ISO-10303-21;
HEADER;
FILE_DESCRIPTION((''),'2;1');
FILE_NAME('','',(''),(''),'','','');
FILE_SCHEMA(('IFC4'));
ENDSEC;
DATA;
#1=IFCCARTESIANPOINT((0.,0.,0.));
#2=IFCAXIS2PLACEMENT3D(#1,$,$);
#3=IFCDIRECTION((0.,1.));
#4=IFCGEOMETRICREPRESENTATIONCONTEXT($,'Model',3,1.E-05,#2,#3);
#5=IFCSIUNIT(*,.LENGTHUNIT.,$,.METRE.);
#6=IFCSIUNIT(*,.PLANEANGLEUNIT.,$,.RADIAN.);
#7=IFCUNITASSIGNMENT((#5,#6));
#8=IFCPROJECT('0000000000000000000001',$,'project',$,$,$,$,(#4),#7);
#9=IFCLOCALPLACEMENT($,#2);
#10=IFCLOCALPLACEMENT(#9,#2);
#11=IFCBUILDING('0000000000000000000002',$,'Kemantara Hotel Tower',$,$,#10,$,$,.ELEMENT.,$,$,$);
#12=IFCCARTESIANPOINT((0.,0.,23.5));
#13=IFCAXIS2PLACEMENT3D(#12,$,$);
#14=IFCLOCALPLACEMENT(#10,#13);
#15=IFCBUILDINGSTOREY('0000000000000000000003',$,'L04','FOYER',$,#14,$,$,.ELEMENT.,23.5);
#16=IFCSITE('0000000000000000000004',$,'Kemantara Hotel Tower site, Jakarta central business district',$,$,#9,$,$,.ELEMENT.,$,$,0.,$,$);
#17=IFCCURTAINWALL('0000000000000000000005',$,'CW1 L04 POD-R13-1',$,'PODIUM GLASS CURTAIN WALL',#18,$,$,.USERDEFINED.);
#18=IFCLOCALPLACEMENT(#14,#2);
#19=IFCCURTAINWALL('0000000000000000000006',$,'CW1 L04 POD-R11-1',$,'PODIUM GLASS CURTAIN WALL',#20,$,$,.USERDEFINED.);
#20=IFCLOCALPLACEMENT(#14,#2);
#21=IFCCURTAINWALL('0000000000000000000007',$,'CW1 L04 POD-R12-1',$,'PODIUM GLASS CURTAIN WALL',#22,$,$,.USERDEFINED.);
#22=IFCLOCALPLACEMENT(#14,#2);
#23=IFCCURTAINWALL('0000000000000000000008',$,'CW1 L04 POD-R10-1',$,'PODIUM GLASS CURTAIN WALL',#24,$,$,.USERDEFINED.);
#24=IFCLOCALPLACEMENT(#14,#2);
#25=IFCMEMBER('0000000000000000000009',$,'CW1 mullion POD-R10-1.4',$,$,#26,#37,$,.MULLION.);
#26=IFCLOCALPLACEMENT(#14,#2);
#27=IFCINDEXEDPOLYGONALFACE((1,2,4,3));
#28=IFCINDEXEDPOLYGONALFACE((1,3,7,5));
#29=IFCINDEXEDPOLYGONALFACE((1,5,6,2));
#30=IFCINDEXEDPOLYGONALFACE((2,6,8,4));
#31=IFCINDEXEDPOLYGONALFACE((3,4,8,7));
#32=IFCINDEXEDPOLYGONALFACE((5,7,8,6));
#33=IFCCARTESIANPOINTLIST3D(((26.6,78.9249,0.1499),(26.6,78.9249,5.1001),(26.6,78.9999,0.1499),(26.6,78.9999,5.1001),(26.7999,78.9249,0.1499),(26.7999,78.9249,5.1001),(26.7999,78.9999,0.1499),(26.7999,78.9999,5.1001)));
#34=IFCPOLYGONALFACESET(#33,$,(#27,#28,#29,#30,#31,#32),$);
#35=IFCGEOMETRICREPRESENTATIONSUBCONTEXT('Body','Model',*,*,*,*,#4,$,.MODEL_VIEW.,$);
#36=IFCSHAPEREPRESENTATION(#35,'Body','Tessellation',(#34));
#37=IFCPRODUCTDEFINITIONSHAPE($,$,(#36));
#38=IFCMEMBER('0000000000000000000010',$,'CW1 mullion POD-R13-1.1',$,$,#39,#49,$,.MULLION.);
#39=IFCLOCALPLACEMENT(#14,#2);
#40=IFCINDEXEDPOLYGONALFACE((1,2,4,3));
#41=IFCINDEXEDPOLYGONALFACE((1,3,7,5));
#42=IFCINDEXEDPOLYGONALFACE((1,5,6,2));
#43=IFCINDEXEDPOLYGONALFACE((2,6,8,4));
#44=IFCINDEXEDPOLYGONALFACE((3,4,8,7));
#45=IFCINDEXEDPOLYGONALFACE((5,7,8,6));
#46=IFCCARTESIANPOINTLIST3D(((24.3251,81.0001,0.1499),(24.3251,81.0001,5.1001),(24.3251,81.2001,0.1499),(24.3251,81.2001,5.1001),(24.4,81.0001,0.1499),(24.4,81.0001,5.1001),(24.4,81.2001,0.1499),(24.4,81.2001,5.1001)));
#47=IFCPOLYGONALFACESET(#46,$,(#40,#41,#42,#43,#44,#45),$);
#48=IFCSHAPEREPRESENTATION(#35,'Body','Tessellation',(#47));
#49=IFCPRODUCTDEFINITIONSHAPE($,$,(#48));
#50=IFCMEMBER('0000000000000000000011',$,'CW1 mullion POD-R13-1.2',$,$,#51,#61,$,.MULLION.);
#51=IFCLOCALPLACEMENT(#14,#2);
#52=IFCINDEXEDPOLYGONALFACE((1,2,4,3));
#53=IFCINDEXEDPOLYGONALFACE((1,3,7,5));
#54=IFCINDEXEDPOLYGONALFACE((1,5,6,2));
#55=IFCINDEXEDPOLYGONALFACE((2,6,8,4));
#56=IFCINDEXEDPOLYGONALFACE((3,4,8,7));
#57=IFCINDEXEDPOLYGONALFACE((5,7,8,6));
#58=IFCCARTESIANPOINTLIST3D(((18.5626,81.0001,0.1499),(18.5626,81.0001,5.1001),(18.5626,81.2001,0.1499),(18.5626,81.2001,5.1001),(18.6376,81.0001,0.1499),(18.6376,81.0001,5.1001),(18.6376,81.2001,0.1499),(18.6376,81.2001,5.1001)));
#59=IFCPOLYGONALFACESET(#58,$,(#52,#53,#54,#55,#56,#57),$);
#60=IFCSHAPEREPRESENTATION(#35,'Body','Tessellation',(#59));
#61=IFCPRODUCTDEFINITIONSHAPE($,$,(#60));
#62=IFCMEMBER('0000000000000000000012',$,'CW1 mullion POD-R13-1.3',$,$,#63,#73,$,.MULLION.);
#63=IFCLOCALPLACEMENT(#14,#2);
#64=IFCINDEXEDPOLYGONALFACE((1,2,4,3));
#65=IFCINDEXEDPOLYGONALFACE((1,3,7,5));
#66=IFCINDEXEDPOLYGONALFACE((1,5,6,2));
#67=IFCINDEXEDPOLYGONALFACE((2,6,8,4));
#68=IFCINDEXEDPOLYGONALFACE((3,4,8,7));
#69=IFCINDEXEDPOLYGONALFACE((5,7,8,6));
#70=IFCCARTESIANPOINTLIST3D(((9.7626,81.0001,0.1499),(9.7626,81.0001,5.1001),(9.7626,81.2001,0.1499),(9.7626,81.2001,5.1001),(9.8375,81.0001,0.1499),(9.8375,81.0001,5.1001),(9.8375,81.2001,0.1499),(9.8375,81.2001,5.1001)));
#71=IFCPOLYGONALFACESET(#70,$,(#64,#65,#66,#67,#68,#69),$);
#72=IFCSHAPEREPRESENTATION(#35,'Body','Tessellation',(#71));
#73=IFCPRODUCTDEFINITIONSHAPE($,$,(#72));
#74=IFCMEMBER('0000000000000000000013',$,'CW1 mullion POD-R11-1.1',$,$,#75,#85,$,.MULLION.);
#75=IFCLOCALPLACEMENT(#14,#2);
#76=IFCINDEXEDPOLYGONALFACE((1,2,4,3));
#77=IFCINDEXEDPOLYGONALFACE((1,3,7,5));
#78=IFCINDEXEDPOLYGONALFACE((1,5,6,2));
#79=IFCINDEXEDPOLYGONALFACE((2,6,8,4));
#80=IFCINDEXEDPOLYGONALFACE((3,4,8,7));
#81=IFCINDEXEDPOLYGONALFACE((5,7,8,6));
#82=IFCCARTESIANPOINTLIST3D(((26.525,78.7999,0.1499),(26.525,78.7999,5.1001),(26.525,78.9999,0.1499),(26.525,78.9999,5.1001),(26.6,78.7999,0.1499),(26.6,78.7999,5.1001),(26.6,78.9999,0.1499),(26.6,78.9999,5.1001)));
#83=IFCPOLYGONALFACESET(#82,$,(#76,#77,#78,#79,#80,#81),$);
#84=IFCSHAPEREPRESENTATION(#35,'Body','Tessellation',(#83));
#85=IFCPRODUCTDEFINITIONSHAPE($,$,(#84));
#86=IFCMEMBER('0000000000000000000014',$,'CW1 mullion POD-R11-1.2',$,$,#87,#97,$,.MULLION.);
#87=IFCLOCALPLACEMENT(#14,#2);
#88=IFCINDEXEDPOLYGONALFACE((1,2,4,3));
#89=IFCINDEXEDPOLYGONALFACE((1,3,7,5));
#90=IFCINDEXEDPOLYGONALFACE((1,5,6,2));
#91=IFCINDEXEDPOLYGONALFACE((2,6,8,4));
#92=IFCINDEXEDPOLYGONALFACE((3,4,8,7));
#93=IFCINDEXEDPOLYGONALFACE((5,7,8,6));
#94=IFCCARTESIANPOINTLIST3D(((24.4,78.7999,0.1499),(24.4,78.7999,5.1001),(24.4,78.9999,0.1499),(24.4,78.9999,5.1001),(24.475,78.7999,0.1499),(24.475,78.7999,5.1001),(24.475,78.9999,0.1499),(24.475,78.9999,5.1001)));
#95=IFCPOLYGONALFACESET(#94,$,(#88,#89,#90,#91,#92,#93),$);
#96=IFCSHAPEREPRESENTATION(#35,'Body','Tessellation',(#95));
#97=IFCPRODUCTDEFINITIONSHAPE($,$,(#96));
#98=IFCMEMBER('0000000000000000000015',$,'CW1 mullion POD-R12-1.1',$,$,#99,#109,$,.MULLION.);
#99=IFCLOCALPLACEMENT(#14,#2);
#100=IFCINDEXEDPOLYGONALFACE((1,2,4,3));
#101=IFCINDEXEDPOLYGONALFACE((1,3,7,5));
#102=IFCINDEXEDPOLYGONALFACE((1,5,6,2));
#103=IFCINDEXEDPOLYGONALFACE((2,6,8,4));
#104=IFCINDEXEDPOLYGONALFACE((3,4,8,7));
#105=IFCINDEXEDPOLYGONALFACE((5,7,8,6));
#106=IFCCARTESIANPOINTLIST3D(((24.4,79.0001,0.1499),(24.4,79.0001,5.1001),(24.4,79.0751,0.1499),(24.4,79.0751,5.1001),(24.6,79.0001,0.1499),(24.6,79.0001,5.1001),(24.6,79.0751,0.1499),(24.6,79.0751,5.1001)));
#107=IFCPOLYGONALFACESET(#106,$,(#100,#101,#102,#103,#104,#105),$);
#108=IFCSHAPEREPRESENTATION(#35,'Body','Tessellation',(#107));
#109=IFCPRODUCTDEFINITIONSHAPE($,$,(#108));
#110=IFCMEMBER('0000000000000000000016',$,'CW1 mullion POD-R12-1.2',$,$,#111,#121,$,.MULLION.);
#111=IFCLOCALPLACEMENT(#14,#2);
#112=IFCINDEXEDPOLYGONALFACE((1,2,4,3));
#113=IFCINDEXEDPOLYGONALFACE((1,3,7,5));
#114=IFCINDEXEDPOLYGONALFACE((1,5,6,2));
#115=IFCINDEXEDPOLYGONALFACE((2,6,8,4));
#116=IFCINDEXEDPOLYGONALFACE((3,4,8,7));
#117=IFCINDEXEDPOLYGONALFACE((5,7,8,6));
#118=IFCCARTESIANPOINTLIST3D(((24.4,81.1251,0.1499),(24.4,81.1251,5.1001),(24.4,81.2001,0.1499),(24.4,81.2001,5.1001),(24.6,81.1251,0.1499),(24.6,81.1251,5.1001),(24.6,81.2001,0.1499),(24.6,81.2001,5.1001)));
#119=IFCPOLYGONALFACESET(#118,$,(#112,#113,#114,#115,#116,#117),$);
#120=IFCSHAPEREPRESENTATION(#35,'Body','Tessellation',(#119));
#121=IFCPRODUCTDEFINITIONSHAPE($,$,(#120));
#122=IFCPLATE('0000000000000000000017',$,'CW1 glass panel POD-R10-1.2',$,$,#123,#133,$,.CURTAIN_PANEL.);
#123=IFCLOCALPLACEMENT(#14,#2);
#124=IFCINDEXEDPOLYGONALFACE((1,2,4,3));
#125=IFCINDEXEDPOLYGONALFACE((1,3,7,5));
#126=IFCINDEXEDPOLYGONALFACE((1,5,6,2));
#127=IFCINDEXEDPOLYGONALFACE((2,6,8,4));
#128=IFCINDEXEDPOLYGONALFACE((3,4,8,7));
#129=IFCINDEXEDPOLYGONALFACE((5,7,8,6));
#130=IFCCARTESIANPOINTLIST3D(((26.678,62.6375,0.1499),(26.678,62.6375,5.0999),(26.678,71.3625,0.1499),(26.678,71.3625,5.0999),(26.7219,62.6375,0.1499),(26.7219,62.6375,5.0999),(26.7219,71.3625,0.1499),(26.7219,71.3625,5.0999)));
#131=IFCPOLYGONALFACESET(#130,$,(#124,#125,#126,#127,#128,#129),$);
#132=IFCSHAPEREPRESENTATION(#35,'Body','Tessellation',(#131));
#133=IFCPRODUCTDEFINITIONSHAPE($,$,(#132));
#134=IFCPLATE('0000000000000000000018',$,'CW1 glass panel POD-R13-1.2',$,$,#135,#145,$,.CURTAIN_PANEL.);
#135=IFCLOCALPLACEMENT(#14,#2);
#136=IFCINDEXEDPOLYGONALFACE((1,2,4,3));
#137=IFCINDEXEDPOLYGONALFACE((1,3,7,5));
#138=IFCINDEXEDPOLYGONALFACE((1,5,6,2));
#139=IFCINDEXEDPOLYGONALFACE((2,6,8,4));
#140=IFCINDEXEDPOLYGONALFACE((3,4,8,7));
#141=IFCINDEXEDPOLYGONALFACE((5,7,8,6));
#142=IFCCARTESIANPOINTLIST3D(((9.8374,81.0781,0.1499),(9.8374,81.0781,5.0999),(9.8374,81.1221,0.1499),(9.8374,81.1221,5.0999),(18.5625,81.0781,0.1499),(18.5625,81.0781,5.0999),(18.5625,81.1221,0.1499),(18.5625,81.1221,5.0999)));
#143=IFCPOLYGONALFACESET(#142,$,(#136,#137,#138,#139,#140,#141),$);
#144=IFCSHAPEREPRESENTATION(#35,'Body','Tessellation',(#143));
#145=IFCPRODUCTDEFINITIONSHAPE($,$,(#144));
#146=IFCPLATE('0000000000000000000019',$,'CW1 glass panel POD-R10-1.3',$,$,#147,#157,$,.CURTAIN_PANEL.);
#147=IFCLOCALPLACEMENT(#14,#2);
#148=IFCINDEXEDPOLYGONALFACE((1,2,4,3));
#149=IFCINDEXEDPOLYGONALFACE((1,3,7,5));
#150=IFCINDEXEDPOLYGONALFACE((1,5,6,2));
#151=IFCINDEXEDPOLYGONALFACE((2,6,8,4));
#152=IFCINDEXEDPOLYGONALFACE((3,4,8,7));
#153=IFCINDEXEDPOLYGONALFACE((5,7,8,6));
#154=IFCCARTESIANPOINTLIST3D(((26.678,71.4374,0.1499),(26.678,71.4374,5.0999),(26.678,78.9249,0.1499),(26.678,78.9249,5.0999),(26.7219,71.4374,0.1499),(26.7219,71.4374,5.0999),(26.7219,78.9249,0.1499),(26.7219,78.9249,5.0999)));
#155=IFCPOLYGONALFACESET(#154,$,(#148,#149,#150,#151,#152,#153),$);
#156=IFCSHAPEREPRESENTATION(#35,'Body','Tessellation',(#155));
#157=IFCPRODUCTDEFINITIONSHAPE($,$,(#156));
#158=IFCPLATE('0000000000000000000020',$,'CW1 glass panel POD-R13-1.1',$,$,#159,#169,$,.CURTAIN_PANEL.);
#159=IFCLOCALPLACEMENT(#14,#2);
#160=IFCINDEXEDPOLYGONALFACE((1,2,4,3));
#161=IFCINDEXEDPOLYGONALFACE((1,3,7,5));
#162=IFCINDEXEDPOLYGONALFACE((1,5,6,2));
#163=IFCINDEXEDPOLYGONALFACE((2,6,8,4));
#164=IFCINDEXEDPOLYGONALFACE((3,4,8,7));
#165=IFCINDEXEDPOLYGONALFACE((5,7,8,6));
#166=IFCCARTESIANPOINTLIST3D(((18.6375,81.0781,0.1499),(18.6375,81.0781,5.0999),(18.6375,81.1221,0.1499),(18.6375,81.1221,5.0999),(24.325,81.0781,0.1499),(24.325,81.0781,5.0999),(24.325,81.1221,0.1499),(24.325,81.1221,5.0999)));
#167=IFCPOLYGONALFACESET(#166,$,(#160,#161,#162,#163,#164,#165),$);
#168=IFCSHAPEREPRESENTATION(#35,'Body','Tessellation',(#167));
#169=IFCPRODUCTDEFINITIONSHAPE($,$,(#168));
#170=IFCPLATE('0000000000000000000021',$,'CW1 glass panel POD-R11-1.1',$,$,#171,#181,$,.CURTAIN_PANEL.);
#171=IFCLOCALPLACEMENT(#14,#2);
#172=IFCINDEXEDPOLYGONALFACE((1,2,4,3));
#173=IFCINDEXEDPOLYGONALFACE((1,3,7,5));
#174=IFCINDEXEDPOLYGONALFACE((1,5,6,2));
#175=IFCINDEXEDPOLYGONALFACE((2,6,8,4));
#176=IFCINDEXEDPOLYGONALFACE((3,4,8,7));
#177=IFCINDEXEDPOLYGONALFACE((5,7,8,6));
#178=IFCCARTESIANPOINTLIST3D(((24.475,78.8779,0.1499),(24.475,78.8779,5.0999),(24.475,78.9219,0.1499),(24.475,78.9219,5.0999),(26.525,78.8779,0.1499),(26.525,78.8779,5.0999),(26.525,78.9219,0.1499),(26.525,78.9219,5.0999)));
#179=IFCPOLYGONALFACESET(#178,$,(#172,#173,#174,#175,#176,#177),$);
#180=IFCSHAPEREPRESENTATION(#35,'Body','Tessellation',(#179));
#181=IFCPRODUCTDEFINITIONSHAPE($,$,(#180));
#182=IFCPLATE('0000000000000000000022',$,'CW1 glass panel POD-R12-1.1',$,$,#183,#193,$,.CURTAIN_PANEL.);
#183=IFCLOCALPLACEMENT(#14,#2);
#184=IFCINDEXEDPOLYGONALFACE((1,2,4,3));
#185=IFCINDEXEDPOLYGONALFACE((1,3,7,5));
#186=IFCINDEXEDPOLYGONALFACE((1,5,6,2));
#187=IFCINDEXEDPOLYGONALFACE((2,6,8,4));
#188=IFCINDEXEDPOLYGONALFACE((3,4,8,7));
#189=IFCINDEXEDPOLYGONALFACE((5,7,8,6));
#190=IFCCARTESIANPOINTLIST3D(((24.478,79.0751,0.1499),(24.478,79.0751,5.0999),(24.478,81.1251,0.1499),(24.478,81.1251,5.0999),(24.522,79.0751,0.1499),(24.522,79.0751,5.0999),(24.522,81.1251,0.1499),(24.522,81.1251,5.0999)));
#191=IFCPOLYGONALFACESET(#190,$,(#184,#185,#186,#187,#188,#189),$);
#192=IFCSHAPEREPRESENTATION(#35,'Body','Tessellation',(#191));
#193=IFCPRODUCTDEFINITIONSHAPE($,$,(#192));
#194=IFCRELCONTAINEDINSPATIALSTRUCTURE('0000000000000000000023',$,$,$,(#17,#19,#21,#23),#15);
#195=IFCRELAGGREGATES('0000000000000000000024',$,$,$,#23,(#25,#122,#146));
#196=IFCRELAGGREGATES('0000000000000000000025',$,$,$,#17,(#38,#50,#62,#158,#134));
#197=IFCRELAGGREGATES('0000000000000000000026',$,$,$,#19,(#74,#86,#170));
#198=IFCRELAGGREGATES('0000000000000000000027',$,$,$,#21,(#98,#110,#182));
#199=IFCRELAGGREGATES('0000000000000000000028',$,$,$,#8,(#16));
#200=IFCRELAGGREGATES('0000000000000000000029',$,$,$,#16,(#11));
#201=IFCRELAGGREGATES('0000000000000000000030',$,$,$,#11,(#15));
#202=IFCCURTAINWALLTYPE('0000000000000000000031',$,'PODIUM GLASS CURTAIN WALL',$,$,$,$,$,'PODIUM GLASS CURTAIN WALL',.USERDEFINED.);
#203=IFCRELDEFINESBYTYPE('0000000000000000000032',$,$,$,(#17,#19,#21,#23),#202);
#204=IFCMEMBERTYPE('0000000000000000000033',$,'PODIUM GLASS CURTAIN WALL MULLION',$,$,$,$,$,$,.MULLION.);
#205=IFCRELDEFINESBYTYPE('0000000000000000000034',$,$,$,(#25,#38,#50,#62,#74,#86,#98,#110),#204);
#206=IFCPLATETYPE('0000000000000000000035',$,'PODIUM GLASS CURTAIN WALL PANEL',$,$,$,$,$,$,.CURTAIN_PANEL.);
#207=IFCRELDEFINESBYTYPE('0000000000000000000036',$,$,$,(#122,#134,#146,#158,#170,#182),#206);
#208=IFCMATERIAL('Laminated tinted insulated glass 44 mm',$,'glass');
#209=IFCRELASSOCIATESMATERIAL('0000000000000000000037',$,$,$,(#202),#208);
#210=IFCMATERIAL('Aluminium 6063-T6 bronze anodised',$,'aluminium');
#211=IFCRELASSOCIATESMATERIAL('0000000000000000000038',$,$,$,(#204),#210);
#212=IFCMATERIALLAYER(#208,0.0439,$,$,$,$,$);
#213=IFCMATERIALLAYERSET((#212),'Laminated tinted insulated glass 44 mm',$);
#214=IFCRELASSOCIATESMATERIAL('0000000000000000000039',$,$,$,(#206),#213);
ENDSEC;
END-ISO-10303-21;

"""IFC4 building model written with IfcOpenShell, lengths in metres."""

from ifc_helpers import new_model, si_unit, direction, frame, origin, origin_2d, place, context, subcontext, project, spatial, rectangle, extrude, source, transform, mapped, material, layer, layer_set, material_profile, profile_set, type_object, element, aggregate, save


model = new_model("IFC4")

# Units and contexts
model_context = context("Model", 3, precision=1e-05, world=origin(), true_north=direction((0.0, 1.0)))
body_context = subcontext(model_context, "Body", "Model", "MODEL_VIEW")
ifc_project = project(units=[si_unit("LENGTHUNIT", "METRE"), si_unit("PLANEANGLEUNIT", "RADIAN")], contexts=[model_context])

# Site, building, storey
site_placement = place(None, origin())
site = spatial("IfcSite", under=ifc_project, at=site_placement, Name="Kemantara Hotel Tower site, Jakarta central business district", CompositionType="ELEMENT", RefElevation=0.0)
building_placement = place(site_placement, origin())
building = spatial("IfcBuilding", under=site, at=building_placement, Name="Kemantara Hotel Tower", CompositionType="ELEMENT")
storey_placement = place(building_placement, frame((0.0, 0.0, 23.5)))
storey = spatial("IfcBuildingStorey", under=building, at=storey_placement, Name="L04", Description="FOYER", CompositionType="ELEMENT", Elevation=23.5)

# Curtain walls
ifc_material_1 = material(Name="Laminated tinted insulated glass 44 mm", Category="glass")
curtain_wall_type = type_object("IfcCurtainWallType", Name="PODIUM GLASS CURTAIN WALL", ElementType="PODIUM GLASS CURTAIN WALL", PredefinedType="USERDEFINED", material=ifc_material_1)
curtain_wall_1_placement = place(storey_placement, origin())
curtain_wall_1 = element("IfcCurtainWall", 1, at=curtain_wall_1_placement, inside=storey, type_object=curtain_wall_type, Name="CW1 L04 POD-R13-1", ObjectType="PODIUM GLASS CURTAIN WALL", PredefinedType="USERDEFINED")
ifc_material_2 = material(Name="Aluminium 6063-T6 bronze anodised", Category="aluminium")
curtain_wall_2_placement = place(storey_placement, origin())
curtain_wall_2 = element("IfcCurtainWall", 2, at=curtain_wall_2_placement, inside=storey, type_object=curtain_wall_type, Name="CW1 L04 POD-R11-1", ObjectType="PODIUM GLASS CURTAIN WALL", PredefinedType="USERDEFINED")
curtain_wall_3_placement = place(storey_placement, origin())
curtain_wall_3 = element("IfcCurtainWall", 3, at=curtain_wall_3_placement, inside=storey, type_object=curtain_wall_type, Name="CW1 L04 POD-R12-1", ObjectType="PODIUM GLASS CURTAIN WALL", PredefinedType="USERDEFINED")

# Curtain wall, member
curtain_wall_4_placement = place(storey_placement, origin())
curtain_wall_4 = element("IfcCurtainWall", 4, at=curtain_wall_4_placement, inside=storey, type_object=curtain_wall_type, Name="CW1 L04 POD-R10-1", ObjectType="PODIUM GLASS CURTAIN WALL", PredefinedType="USERDEFINED")
ifc_material_profile_1 = material_profile(ifc_material_2, rectangle(XDim=0.2, YDim=0.075, at=origin_2d()), Name="PODIUM GLASS CURTAIN WALL MULLION")
ifc_profile_set_1 = profile_set([ifc_material_profile_1], Name="Aluminium 6063-T6 bronze anodised")
member_type_1 = type_object("IfcMemberType", Name="PODIUM GLASS CURTAIN WALL MULLION", PredefinedType="MULLION", material=ifc_profile_set_1)
shared_shape_1 = source(origin(), body_context, "Body", "SweptSolid", [
    extrude(rectangle(XDim=0.2, YDim=0.075, at=origin_2d()), origin(), (0.0, 0.0, 1.0), 4.9502),
])
member_1_placement = place(storey_placement, frame((26.7, 78.9624, 0.1499), z_axis=(0.0, 0.0, 1.0), x_axis=(-1.0, 0.0, 0.0)))
member_1 = element("IfcMember", 5, at=member_1_placement, type_object=member_type_1, Name="CW1 mullion POD-R10-1.4", PredefinedType="MULLION", context=body_context, shape_type="MappedRepresentation", body=[
    mapped(shared_shape_1, transform((0.0, 0.0, 0.0))),
])

# Members
member_2_placement = place(storey_placement, frame((24.3625, 81.1001, 0.1499), z_axis=(0.0, 0.0, 1.0), x_axis=(0.0, -1.0, 0.0)))
member_2 = element("IfcMember", 6, at=member_2_placement, type_object=member_type_1, Name="CW1 mullion POD-R13-1.1", PredefinedType="MULLION", context=body_context, shape_type="MappedRepresentation", body=[
    mapped(shared_shape_1, transform((0.0, 0.0, 0.0))),
])
member_3_placement = place(storey_placement, frame((18.6001, 81.1001, 0.1499), z_axis=(0.0, 0.0, 1.0), x_axis=(0.0, -1.0, 0.0)))
member_3 = element("IfcMember", 7, at=member_3_placement, type_object=member_type_1, Name="CW1 mullion POD-R13-1.2", PredefinedType="MULLION", context=body_context, shape_type="MappedRepresentation", body=[
    mapped(shared_shape_1, transform((0.0, 0.0, 0.0))),
])
member_4_placement = place(storey_placement, frame((9.8, 81.1001, 0.1499), z_axis=(0.0, 0.0, 1.0), x_axis=(0.0, -1.0, 0.0)))
member_4 = element("IfcMember", 8, at=member_4_placement, type_object=member_type_1, Name="CW1 mullion POD-R13-1.3", PredefinedType="MULLION", context=body_context, shape_type="MappedRepresentation", body=[
    mapped(shared_shape_1, transform((0.0, 0.0, 0.0))),
])
member_5_placement = place(storey_placement, frame((26.5625, 78.8999, 0.1499), z_axis=(0.0, 0.0, 1.0), x_axis=(0.0, -1.0, 0.0)))
member_5 = element("IfcMember", 9, at=member_5_placement, type_object=member_type_1, Name="CW1 mullion POD-R11-1.1", PredefinedType="MULLION", context=body_context, shape_type="MappedRepresentation", body=[
    mapped(shared_shape_1, transform((0.0, 0.0, 0.0))),
])
member_6_placement = place(storey_placement, frame((24.4375, 78.8999, 0.1499), z_axis=(0.0, 0.0, 1.0), x_axis=(0.0, -1.0, 0.0)))
member_6 = element("IfcMember", 10, at=member_6_placement, type_object=member_type_1, Name="CW1 mullion POD-R11-1.2", PredefinedType="MULLION", context=body_context, shape_type="MappedRepresentation", body=[
    mapped(shared_shape_1, transform((0.0, 0.0, 0.0))),
])
member_7_placement = place(storey_placement, frame((24.5, 79.0376, 0.1499), z_axis=(0.0, 0.0, 1.0), x_axis=(-1.0, 0.0, 0.0)))
member_7 = element("IfcMember", 11, at=member_7_placement, type_object=member_type_1, Name="CW1 mullion POD-R12-1.1", PredefinedType="MULLION", context=body_context, shape_type="MappedRepresentation", body=[
    mapped(shared_shape_1, transform((0.0, 0.0, 0.0))),
])
member_8_placement = place(storey_placement, frame((24.5, 81.1626, 0.1499), z_axis=(0.0, 0.0, 1.0), x_axis=(-1.0, 0.0, 0.0)))
member_8 = element("IfcMember", 12, at=member_8_placement, type_object=member_type_1, Name="CW1 mullion POD-R12-1.2", PredefinedType="MULLION", context=body_context, shape_type="MappedRepresentation", body=[
    mapped(shared_shape_1, transform((0.0, 0.0, 0.0))),
])

# Plates
ifc_layer_1 = layer(ifc_material_1, 0.0439)
ifc_layer_set_1 = layer_set([ifc_layer_1], Name="Laminated tinted insulated glass 44 mm")
plate_type = type_object("IfcPlateType", Name="PODIUM GLASS CURTAIN WALL PANEL", PredefinedType="CURTAIN_PANEL", material=ifc_layer_set_1)
shared_shape_2 = source(origin(), body_context, "Body", "SweptSolid", [
    extrude(rectangle(XDim=8.7251, YDim=0.0439, at=origin_2d()), origin(), (0.0, 0.0, 1.0), 4.95),
])
plate_1_placement = place(storey_placement, frame((26.7, 67.0, 0.1499), z_axis=(0.0, 0.0, 1.0), x_axis=(0.0, 1.0, 0.0)))
plate_1 = element("IfcPlate", 13, at=plate_1_placement, type_object=plate_type, Name="CW1 glass panel POD-R10-1.2", PredefinedType="CURTAIN_PANEL", context=body_context, shape_type="MappedRepresentation", body=[
    mapped(shared_shape_2, transform((0.0, 0.0, 0.0))),
])
plate_2_placement = place(storey_placement, frame((14.2, 81.1001, 0.1499), z_axis=(0.0, 0.0, 1.0), x_axis=(-1.0, 0.0, 0.0)))
plate_2 = element("IfcPlate", 14, at=plate_2_placement, type_object=plate_type, Name="CW1 glass panel POD-R13-1.2", PredefinedType="CURTAIN_PANEL", context=body_context, shape_type="MappedRepresentation", body=[
    mapped(shared_shape_2, transform((0.0, 0.0, 0.0))),
])
shared_shape_3 = source(origin(), body_context, "Body", "SweptSolid", [
    extrude(rectangle(XDim=7.4875, YDim=0.0439, at=origin_2d()), origin(), (0.0, 0.0, 1.0), 4.95),
])
plate_3_placement = place(storey_placement, frame((26.7, 75.1812, 0.1499), z_axis=(0.0, 0.0, 1.0), x_axis=(0.0, 1.0, 0.0)))
plate_3 = element("IfcPlate", 15, at=plate_3_placement, type_object=plate_type, Name="CW1 glass panel POD-R10-1.3", PredefinedType="CURTAIN_PANEL", context=body_context, shape_type="MappedRepresentation", body=[
    mapped(shared_shape_3, transform((0.0, 0.0, 0.0))),
])
aggregate(curtain_wall_4, [member_1, plate_1, plate_3])
shared_shape_4 = source(origin(), body_context, "Body", "SweptSolid", [
    extrude(rectangle(XDim=5.6875, YDim=0.0439, at=origin_2d()), origin(), (0.0, 0.0, 1.0), 4.95),
])
plate_4_placement = place(storey_placement, frame((21.4812, 81.1001, 0.1499), z_axis=(0.0, 0.0, 1.0), x_axis=(-1.0, 0.0, 0.0)))
plate_4 = element("IfcPlate", 16, at=plate_4_placement, type_object=plate_type, Name="CW1 glass panel POD-R13-1.1", PredefinedType="CURTAIN_PANEL", context=body_context, shape_type="MappedRepresentation", body=[
    mapped(shared_shape_4, transform((0.0, 0.0, 0.0))),
])
aggregate(curtain_wall_1, [member_2, member_3, member_4, plate_4, plate_2])
shared_shape_5 = source(origin(), body_context, "Body", "SweptSolid", [
    extrude(rectangle(XDim=2.05, YDim=0.0439, at=origin_2d()), origin(), (0.0, 0.0, 1.0), 4.95),
])
plate_5_placement = place(storey_placement, frame((25.5, 78.8999, 0.1499), z_axis=(0.0, 0.0, 1.0), x_axis=(-1.0, 0.0, 0.0)))
plate_5 = element("IfcPlate", 17, at=plate_5_placement, type_object=plate_type, Name="CW1 glass panel POD-R11-1.1", PredefinedType="CURTAIN_PANEL", context=body_context, shape_type="MappedRepresentation", body=[
    mapped(shared_shape_5, transform((0.0, 0.0, 0.0))),
])
aggregate(curtain_wall_2, [member_5, member_6, plate_5])
plate_6_placement = place(storey_placement, frame((24.5, 80.1001, 0.1499), z_axis=(0.0, 0.0, 1.0), x_axis=(0.0, 1.0, 0.0)))
plate_6 = element("IfcPlate", 18, at=plate_6_placement, type_object=plate_type, Name="CW1 glass panel POD-R12-1.1", PredefinedType="CURTAIN_PANEL", context=body_context, shape_type="MappedRepresentation", body=[
    mapped(shared_shape_5, transform((0.0, 0.0, 0.0))),
])
aggregate(curtain_wall_3, [member_7, member_8, plate_6])

save(model, "model.ifc")
